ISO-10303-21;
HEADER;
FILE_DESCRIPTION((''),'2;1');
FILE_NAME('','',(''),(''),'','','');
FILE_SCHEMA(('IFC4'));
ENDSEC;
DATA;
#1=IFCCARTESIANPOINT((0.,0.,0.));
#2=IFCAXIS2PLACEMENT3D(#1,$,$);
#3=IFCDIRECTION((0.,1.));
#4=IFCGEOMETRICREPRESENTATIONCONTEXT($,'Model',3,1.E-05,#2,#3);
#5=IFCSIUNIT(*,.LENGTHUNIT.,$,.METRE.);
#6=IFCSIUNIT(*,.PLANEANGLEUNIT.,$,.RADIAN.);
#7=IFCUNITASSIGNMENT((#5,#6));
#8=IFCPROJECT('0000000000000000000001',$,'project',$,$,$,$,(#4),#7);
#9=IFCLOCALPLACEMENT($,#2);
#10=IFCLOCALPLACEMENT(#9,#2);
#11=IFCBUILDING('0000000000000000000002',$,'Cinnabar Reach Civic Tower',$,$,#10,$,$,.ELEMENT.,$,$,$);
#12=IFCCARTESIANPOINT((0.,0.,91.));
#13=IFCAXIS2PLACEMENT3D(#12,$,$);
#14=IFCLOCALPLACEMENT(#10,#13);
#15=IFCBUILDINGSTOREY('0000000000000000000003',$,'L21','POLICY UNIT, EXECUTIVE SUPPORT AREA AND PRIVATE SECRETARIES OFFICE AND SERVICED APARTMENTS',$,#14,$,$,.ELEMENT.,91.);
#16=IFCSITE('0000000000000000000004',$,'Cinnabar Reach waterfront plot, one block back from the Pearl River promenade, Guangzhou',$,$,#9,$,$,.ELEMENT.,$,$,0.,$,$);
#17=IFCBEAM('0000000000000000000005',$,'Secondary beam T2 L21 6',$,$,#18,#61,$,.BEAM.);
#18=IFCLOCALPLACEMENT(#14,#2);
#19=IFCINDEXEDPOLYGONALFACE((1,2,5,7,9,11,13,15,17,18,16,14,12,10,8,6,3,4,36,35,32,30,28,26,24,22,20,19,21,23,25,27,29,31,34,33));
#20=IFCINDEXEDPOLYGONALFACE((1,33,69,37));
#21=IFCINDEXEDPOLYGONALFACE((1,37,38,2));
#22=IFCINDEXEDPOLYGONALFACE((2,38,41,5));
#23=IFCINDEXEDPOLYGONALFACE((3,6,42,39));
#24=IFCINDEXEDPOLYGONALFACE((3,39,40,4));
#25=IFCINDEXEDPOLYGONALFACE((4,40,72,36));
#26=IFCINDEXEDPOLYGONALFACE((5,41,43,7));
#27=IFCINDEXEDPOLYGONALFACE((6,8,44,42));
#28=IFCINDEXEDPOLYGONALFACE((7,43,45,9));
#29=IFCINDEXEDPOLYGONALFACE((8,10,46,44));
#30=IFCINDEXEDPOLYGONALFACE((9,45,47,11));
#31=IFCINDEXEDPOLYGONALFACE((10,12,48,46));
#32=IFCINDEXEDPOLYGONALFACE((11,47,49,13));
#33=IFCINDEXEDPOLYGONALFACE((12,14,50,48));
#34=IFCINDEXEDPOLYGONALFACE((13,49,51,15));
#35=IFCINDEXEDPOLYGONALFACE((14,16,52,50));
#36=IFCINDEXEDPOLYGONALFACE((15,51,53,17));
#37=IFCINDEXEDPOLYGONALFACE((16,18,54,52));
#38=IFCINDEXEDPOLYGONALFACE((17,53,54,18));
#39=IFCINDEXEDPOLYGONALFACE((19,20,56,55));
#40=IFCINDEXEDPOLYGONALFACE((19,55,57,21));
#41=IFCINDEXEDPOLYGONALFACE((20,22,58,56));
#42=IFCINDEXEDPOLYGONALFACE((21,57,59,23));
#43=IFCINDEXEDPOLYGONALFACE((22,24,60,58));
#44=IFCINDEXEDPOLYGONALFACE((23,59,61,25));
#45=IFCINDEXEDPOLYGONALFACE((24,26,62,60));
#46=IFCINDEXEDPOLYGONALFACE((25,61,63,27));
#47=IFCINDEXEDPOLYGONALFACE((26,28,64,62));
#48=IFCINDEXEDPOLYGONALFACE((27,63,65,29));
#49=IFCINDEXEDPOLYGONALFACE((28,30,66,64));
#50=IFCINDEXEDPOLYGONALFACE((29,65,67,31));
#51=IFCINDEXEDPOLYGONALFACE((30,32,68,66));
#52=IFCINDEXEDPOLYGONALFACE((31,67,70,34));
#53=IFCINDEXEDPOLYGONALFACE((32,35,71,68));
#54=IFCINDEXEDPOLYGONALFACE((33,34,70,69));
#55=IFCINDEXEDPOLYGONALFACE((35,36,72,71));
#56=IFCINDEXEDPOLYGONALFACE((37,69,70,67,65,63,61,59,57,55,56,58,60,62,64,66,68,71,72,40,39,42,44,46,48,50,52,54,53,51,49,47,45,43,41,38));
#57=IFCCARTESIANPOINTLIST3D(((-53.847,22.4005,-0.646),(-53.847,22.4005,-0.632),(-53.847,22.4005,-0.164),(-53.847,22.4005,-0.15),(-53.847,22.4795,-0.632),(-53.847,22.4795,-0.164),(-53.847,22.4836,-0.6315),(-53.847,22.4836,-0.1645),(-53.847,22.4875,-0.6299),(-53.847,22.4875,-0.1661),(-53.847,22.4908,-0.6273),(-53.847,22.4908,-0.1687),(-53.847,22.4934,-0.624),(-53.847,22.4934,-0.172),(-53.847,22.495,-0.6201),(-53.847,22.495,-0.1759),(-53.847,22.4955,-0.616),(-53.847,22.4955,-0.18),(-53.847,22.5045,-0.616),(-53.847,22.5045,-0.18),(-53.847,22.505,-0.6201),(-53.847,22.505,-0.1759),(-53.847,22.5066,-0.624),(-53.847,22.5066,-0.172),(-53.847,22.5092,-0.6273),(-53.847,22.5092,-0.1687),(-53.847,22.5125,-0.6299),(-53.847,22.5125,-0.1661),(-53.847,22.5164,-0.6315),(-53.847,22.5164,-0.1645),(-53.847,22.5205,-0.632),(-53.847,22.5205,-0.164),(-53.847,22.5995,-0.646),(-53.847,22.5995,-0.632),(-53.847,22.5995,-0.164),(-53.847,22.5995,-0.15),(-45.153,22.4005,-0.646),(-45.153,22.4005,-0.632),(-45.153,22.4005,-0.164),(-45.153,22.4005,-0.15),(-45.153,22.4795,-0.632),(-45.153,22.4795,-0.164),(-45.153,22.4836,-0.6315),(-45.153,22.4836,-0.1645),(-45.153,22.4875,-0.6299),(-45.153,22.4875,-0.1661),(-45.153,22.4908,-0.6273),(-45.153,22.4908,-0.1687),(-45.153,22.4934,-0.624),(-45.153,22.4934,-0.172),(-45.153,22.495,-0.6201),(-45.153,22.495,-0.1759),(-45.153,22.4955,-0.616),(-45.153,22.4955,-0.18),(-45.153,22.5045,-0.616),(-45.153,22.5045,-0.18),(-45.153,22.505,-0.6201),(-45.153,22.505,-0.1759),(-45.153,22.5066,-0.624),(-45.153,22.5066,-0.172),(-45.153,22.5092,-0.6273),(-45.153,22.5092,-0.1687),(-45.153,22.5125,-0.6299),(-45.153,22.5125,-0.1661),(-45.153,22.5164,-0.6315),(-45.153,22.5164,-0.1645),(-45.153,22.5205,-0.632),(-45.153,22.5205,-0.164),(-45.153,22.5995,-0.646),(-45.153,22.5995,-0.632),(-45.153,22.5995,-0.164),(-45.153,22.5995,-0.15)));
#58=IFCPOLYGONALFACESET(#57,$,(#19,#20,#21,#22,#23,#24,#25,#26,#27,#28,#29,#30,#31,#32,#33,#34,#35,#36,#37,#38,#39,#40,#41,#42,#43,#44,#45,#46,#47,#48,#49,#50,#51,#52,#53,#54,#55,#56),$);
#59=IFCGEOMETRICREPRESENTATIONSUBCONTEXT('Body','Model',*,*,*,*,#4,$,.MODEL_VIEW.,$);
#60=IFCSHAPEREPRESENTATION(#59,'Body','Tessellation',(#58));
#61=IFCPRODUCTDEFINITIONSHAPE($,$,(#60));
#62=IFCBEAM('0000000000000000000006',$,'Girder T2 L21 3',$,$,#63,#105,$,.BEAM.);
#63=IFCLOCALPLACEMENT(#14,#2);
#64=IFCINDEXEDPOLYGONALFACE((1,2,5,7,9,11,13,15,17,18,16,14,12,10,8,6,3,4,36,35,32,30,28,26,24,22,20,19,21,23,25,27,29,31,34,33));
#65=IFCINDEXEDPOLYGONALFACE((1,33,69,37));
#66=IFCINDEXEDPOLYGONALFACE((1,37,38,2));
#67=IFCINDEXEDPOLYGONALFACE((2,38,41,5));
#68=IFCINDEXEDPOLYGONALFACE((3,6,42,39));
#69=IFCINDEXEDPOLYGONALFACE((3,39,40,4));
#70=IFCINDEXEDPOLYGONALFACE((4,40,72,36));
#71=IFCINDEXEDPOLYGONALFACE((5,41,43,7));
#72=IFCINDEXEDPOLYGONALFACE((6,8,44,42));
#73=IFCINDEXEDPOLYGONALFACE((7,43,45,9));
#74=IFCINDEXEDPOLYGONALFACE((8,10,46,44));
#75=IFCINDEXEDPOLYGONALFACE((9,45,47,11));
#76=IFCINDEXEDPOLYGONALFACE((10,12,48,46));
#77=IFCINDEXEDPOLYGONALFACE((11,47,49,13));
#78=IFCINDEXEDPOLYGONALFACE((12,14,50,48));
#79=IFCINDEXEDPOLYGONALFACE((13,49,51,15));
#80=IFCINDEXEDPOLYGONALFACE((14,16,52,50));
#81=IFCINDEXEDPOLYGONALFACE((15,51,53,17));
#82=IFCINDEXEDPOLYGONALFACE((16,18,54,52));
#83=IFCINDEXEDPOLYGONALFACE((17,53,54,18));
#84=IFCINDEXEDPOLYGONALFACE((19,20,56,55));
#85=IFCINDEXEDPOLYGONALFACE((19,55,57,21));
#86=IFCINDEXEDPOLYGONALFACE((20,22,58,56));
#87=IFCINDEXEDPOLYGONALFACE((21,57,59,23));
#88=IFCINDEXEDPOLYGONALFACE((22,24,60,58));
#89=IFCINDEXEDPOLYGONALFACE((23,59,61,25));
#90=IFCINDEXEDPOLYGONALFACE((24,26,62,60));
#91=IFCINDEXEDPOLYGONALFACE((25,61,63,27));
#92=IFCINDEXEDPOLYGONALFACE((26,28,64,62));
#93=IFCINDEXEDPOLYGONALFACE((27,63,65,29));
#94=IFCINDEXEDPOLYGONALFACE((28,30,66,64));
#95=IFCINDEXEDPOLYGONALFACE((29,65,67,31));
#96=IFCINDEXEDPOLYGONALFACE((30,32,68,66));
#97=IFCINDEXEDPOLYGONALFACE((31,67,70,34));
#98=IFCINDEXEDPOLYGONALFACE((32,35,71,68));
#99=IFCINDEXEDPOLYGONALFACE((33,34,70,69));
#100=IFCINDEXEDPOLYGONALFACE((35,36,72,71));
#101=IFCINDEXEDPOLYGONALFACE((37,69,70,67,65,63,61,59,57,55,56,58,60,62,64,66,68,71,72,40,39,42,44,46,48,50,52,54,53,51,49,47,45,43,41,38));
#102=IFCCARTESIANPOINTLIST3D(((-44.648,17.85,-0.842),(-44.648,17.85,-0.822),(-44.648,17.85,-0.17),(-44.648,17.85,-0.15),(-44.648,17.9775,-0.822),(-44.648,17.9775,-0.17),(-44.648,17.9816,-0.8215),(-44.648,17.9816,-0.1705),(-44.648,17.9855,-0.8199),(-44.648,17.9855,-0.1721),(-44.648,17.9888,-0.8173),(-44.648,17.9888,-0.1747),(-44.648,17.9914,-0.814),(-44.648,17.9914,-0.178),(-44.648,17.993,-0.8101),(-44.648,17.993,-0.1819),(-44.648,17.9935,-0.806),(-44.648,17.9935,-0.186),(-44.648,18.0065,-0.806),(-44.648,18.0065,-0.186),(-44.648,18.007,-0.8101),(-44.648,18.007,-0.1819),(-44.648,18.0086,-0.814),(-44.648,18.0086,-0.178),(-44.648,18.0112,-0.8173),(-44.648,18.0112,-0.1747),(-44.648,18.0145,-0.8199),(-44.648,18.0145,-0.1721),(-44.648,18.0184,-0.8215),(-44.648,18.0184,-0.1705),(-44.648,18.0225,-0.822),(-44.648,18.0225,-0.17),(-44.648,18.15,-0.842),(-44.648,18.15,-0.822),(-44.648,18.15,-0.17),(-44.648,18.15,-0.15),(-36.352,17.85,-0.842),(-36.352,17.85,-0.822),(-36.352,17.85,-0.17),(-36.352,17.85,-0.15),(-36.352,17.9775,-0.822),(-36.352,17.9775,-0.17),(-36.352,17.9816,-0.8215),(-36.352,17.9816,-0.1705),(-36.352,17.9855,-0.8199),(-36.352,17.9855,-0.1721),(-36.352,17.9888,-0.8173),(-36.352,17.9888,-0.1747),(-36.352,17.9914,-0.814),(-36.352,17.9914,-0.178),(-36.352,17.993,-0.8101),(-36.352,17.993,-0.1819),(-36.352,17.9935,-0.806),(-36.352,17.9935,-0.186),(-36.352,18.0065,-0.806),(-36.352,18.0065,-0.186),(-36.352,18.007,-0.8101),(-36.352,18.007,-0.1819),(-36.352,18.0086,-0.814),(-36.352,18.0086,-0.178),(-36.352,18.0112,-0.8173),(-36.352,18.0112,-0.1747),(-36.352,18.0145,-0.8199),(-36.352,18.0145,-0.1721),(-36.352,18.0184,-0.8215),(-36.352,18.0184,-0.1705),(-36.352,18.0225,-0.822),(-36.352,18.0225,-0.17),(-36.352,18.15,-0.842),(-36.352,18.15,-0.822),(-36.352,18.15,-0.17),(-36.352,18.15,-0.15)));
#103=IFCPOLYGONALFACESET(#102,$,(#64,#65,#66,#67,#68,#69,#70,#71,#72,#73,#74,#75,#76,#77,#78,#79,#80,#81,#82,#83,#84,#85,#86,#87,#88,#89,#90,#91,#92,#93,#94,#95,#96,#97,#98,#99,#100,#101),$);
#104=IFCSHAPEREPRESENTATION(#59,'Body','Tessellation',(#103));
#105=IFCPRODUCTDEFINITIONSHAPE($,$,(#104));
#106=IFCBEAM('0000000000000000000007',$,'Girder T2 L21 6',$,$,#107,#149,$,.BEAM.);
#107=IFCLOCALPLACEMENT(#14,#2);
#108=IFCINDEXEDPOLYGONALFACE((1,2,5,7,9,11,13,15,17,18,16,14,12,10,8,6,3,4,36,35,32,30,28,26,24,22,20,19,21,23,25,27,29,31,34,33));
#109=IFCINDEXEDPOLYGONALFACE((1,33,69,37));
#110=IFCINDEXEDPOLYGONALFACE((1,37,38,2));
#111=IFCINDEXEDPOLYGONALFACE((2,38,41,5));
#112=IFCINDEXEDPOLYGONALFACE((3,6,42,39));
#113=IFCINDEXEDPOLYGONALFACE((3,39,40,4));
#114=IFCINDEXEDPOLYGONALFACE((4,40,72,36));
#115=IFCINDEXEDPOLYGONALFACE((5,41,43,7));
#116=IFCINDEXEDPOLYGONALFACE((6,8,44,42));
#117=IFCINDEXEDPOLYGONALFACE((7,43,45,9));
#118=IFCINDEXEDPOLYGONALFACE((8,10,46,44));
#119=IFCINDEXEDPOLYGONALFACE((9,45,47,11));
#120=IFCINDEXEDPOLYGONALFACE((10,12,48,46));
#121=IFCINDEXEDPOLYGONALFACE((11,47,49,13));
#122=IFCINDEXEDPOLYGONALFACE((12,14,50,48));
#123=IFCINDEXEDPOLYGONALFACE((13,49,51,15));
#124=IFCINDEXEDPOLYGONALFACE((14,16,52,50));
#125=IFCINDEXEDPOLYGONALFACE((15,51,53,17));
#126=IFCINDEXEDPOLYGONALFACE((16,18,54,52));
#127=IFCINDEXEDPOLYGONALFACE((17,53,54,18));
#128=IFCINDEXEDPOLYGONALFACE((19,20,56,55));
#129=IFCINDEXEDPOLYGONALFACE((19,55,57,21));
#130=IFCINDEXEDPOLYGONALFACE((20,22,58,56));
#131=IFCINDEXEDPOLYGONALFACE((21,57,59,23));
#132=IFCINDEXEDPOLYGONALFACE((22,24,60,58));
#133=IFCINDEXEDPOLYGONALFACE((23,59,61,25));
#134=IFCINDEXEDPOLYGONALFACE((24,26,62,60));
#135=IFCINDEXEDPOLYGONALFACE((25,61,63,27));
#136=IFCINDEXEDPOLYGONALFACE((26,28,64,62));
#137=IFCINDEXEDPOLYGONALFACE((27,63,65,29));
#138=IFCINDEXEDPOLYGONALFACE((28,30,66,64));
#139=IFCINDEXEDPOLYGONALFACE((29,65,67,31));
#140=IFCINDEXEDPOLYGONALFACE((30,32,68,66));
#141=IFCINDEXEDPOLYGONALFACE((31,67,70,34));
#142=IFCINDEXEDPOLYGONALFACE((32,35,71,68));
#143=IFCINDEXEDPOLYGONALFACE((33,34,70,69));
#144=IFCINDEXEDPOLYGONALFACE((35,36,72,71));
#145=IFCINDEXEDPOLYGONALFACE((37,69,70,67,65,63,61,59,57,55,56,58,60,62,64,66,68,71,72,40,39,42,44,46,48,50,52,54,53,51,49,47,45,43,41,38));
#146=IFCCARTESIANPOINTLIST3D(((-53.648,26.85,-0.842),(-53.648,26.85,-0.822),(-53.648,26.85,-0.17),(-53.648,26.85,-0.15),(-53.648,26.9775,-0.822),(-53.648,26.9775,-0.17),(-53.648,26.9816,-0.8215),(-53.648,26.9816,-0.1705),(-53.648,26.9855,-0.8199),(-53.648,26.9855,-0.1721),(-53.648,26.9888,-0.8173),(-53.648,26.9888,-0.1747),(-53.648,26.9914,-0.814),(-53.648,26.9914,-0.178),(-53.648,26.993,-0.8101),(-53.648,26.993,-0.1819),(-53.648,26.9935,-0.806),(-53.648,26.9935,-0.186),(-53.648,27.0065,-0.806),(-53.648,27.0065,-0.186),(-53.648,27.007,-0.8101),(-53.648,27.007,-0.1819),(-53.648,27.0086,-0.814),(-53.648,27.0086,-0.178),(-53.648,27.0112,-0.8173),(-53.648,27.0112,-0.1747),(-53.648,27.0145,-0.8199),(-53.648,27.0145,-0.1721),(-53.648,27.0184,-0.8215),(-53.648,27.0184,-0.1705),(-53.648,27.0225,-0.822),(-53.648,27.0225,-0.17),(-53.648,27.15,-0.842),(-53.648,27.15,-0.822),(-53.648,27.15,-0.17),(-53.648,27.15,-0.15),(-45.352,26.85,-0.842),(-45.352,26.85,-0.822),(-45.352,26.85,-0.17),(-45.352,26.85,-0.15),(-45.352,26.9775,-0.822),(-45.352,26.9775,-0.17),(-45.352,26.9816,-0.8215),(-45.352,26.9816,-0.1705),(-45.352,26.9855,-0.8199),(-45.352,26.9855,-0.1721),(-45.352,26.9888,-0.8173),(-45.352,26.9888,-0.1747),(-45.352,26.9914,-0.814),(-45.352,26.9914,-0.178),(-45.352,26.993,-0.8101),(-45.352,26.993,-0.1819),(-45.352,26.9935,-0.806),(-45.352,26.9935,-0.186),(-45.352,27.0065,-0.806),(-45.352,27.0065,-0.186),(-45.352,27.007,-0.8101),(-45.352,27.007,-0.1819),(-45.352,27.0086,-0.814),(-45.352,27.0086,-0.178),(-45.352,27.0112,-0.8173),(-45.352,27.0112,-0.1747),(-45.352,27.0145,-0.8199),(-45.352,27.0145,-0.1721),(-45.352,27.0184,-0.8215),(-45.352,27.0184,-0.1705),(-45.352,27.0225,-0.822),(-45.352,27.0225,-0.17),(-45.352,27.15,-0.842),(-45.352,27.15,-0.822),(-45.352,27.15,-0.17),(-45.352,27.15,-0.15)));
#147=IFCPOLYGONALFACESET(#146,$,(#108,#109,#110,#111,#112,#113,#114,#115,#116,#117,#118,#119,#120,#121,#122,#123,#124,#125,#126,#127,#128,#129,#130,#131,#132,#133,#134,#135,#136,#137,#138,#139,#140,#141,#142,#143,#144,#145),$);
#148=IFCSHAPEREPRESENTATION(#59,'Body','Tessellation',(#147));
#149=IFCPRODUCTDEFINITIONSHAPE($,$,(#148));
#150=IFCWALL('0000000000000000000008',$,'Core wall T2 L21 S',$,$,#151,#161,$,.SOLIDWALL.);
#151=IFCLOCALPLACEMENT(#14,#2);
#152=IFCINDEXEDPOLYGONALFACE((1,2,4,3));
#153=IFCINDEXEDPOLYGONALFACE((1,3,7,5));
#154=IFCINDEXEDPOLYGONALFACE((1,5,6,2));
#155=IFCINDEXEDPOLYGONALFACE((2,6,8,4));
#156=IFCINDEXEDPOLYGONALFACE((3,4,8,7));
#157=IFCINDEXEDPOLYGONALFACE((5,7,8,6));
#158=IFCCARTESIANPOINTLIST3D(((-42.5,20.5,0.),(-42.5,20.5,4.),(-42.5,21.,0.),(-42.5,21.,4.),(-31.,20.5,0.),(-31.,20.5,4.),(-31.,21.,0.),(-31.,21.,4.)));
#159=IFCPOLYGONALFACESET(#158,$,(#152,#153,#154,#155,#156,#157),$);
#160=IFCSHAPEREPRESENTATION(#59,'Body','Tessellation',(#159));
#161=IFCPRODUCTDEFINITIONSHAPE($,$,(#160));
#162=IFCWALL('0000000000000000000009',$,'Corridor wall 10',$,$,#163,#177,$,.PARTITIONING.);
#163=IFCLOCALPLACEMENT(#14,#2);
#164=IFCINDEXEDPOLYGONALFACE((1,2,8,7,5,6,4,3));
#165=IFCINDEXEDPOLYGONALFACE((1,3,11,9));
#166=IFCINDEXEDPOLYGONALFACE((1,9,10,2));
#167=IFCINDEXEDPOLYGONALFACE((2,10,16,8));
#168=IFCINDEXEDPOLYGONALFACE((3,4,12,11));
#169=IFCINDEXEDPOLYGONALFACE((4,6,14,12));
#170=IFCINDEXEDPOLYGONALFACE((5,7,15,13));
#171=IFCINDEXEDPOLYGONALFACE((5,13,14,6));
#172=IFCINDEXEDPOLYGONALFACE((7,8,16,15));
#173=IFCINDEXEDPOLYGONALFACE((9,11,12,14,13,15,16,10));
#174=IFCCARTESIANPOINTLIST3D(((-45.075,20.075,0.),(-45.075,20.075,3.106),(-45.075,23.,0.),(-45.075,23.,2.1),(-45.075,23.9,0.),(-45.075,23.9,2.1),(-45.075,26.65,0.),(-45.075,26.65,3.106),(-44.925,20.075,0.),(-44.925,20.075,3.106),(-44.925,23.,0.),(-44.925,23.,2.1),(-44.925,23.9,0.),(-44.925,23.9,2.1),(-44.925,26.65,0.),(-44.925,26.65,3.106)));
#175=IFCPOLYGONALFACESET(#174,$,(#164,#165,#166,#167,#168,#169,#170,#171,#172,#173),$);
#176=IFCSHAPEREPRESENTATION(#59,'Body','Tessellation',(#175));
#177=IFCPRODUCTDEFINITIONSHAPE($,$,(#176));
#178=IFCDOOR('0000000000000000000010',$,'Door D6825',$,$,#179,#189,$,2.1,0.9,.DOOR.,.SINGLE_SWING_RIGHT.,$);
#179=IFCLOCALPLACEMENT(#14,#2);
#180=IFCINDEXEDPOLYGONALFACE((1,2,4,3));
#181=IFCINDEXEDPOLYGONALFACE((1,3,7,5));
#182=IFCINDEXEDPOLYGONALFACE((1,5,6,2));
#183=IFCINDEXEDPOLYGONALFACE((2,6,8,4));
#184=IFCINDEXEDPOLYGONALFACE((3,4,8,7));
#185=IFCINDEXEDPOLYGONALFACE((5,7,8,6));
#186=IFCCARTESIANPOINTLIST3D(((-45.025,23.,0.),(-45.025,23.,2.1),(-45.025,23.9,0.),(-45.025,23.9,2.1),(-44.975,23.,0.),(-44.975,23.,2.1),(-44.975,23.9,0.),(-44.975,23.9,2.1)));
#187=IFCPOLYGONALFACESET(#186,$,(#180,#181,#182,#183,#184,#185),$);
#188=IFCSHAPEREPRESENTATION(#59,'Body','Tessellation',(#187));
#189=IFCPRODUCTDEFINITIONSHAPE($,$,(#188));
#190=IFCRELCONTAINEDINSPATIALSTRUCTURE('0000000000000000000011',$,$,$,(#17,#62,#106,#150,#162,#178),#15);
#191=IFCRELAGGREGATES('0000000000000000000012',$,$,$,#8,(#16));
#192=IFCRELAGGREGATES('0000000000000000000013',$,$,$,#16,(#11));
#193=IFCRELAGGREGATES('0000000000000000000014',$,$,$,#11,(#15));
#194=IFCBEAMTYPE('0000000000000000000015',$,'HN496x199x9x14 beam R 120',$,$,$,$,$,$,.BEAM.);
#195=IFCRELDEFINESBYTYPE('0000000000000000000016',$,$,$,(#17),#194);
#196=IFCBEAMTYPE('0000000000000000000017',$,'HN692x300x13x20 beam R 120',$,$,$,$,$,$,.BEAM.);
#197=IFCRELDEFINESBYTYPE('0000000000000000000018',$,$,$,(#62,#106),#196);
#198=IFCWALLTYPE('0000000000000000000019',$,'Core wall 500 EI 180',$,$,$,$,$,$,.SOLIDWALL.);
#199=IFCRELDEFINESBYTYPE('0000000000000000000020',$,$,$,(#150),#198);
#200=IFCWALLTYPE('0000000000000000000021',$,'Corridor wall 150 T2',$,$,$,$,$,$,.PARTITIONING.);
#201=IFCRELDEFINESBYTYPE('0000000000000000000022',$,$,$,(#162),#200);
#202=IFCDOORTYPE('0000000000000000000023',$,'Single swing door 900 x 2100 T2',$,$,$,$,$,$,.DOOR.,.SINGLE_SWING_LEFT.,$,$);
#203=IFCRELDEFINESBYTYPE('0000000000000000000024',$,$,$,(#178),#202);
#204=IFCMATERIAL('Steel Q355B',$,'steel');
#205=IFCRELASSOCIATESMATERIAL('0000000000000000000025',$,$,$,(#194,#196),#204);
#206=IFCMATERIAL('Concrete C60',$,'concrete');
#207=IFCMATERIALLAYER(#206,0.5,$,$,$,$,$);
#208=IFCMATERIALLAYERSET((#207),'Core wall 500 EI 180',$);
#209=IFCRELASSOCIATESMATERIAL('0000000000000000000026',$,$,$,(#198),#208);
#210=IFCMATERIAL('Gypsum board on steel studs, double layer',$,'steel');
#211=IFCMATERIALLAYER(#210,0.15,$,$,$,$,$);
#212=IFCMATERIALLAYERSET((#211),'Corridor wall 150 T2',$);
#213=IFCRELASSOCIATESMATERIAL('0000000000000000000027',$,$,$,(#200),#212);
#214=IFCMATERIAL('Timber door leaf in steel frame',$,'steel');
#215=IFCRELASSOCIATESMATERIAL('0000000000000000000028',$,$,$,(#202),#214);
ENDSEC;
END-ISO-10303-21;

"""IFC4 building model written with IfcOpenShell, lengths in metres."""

from ifc_helpers import new_model, si_unit, direction, frame, frame_2d, origin, origin_2d, place, context, subcontext, project, spatial, rectangle, i_section, extrude, material, layer, layer_set, material_profile, profile_set, type_object, element, fill, save


model = new_model("IFC4")

# Units and contexts
model_context = context("Model", 3, precision=1e-05, world=origin(), true_north=direction((0.0, 1.0)))
body_context = subcontext(model_context, "Body", "Model", "MODEL_VIEW")
ifc_project = project(units=[si_unit("LENGTHUNIT", "METRE"), si_unit("PLANEANGLEUNIT", "RADIAN")], contexts=[model_context])

# Site, building, storey
site_placement = place(None, origin())
site = spatial("IfcSite", under=ifc_project, at=site_placement, Name="Cinnabar Reach waterfront plot, one block back from the Pearl River promenade, Guangzhou", CompositionType="ELEMENT", RefElevation=0.0)
building_placement = place(site_placement, origin())
building = spatial("IfcBuilding", under=site, at=building_placement, Name="Cinnabar Reach Civic Tower", CompositionType="ELEMENT")
storey_placement = place(building_placement, frame((0.0, 0.0, 91.0)))
storey = spatial("IfcBuildingStorey", under=building, at=storey_placement, Name="L21", Description="POLICY UNIT, EXECUTIVE SUPPORT AREA AND PRIVATE SECRETARIES OFFICE AND SERVICED APARTMENTS", CompositionType="ELEMENT", Elevation=91.0)

# Shared definitions
ifc_material_1 = material(Name="Concrete C60", Category="concrete")

# Beams
ifc_material_2 = material(Name="Steel Q355B", Category="steel")
ifc_material_profile_1 = material_profile(ifc_material_2, i_section(OverallWidth=0.199, OverallDepth=0.496, WebThickness=0.009, FlangeThickness=0.014, FilletRadius=0.016, at=origin_2d()), Name="HN496x199x9x14")
ifc_profile_set_1 = profile_set([ifc_material_profile_1], Name="Steel Q355B")
beam_type_1 = type_object("IfcBeamType", Name="HN496x199x9x14 beam R 120", PredefinedType="BEAM", material=ifc_profile_set_1)
beam_1_placement = place(storey_placement, frame((-53.847, 22.5, -0.398), z_axis=(1.0, 0.0, 0.0), x_axis=(0.0, 1.0, 0.0)))
element("IfcBeam", 1, at=beam_1_placement, inside=storey, type_object=beam_type_1, Name="Secondary beam T2 L21 6", PredefinedType="BEAM", context=body_context, shape_type="SweptSolid", body=[
    extrude(i_section(OverallWidth=0.199, OverallDepth=0.496, WebThickness=0.009, FlangeThickness=0.014, FilletRadius=0.016, at=origin_2d()), origin(), (0.0, 0.0, 1.0), 8.694),
])
ifc_material_profile_2 = material_profile(ifc_material_2, i_section(OverallWidth=0.3, OverallDepth=0.692, WebThickness=0.013, FlangeThickness=0.02, FilletRadius=0.016, at=origin_2d()), Name="HN692x300x13x20")
ifc_profile_set_2 = profile_set([ifc_material_profile_2], Name="Steel Q355B")
beam_type_2 = type_object("IfcBeamType", Name="HN692x300x13x20 beam R 120", PredefinedType="BEAM", material=ifc_profile_set_2)
for number, where, z_axis, x_axis, name in (
    (2, (-44.648, 18.0, -0.496), (1.0, 0.0, 0.0), (0.0, 1.0, 0.0), "Girder T2 L21 3"),
    (3, (-53.648, 27.0, -0.496), (1.0, 0.0, 0.0), (0.0, 1.0, 0.0), "Girder T2 L21 6"),
):
    element("IfcBeam", number, at=place(storey_placement, frame(where, z_axis=z_axis, x_axis=x_axis)), inside=storey, type_object=beam_type_2, Name=name, PredefinedType="BEAM", context=body_context, shape_type="SweptSolid", body=[
        extrude(i_section(OverallWidth=0.3, OverallDepth=0.692, WebThickness=0.013, FlangeThickness=0.02, FilletRadius=0.016, at=origin_2d()), origin(), (0.0, 0.0, 1.0), 8.296),
    ])

# Wall
ifc_layer_1 = layer(ifc_material_1, 0.5)
ifc_layer_set_1 = layer_set([ifc_layer_1], Name="Core wall 500 EI 180")
wall_type_1 = type_object("IfcWallType", Name="Core wall 500 EI 180", PredefinedType="SOLIDWALL", material=ifc_layer_set_1)
wall_1_placement = place(storey_placement, frame((-42.5, 20.75, 0.0), z_axis=(0.0, 0.0, 1.0), x_axis=(1.0, 0.0, 0.0)))
element("IfcWall", 4, at=wall_1_placement, inside=storey, type_object=wall_type_1, Name="Core wall T2 L21 S", PredefinedType="SOLIDWALL", context=body_context, shape_type="SweptSolid", body=[
    extrude(rectangle(XDim=11.5, YDim=0.5, at=frame_2d((5.75, 0.0))), origin(), (0.0, 0.0, 1.0), 4.0),
])

# Wall, opening, door
ifc_material_3 = material(Name="Gypsum board on steel studs, double layer", Category="steel")
ifc_layer_2 = layer(ifc_material_3, 0.15)
ifc_layer_set_2 = layer_set([ifc_layer_2], Name="Corridor wall 150 T2")
wall_type_2 = type_object("IfcWallType", Name="Corridor wall 150 T2", PredefinedType="PARTITIONING", material=ifc_layer_set_2)
wall_2_placement = place(storey_placement, frame((-45.0, 20.075, 0.0), z_axis=(0.0, 0.0, 1.0), x_axis=(0.0, 1.0, 0.0)))
wall_2 = element("IfcWall", 5, at=wall_2_placement, inside=storey, type_object=wall_type_2, Name="Corridor wall 10", PredefinedType="PARTITIONING", context=body_context, shape_type="SweptSolid", body=[
    extrude(rectangle(XDim=6.575, YDim=0.15, at=frame_2d((3.2875, 0.0))), origin(), (0.0, 0.0, 1.0), 3.106),
])
opening_1_placement = place(wall_2_placement, frame((2.925, 0.0, 0.0)))
opening_1 = element("IfcOpeningElement", 6, at=opening_1_placement, cuts=wall_2, PredefinedType="OPENING", context=body_context, shape_type="SweptSolid", body=[
    extrude(rectangle(XDim=0.9, YDim=2.1, at=frame_2d((0.45, 1.05))), frame((0.0, 0.085, 0.0), z_axis=(0.0, -1.0, 0.0), x_axis=(1.0, 0.0, 0.0)), (0.0, 0.0, 1.0), 0.17),
])
ifc_material_4 = material(Name="Timber door leaf in steel frame", Category="steel")
door_type_1 = type_object("IfcDoorType", Name="Single swing door 900 x 2100 T2", OperationType="SINGLE_SWING_LEFT", PredefinedType="DOOR", material=ifc_material_4)
door_1_placement = place(opening_1_placement, origin())
door_1 = element("IfcDoor", 7, at=door_1_placement, inside=storey, type_object=door_type_1, Name="Door D6825", OperationType="SINGLE_SWING_RIGHT", OverallHeight=2.1, OverallWidth=0.9, PredefinedType="DOOR", context=body_context, shape_type="SweptSolid", body=[
    extrude(rectangle(XDim=0.9, YDim=2.1, at=frame_2d((0.45, 1.05))), frame((0.0, 0.025, 0.0), z_axis=(0.0, -1.0, 0.0), x_axis=(1.0, 0.0, 0.0)), (0.0, 0.0, 1.0), 0.05),
])
fill(opening_1, door_1)

save(model, "model.ifc")
